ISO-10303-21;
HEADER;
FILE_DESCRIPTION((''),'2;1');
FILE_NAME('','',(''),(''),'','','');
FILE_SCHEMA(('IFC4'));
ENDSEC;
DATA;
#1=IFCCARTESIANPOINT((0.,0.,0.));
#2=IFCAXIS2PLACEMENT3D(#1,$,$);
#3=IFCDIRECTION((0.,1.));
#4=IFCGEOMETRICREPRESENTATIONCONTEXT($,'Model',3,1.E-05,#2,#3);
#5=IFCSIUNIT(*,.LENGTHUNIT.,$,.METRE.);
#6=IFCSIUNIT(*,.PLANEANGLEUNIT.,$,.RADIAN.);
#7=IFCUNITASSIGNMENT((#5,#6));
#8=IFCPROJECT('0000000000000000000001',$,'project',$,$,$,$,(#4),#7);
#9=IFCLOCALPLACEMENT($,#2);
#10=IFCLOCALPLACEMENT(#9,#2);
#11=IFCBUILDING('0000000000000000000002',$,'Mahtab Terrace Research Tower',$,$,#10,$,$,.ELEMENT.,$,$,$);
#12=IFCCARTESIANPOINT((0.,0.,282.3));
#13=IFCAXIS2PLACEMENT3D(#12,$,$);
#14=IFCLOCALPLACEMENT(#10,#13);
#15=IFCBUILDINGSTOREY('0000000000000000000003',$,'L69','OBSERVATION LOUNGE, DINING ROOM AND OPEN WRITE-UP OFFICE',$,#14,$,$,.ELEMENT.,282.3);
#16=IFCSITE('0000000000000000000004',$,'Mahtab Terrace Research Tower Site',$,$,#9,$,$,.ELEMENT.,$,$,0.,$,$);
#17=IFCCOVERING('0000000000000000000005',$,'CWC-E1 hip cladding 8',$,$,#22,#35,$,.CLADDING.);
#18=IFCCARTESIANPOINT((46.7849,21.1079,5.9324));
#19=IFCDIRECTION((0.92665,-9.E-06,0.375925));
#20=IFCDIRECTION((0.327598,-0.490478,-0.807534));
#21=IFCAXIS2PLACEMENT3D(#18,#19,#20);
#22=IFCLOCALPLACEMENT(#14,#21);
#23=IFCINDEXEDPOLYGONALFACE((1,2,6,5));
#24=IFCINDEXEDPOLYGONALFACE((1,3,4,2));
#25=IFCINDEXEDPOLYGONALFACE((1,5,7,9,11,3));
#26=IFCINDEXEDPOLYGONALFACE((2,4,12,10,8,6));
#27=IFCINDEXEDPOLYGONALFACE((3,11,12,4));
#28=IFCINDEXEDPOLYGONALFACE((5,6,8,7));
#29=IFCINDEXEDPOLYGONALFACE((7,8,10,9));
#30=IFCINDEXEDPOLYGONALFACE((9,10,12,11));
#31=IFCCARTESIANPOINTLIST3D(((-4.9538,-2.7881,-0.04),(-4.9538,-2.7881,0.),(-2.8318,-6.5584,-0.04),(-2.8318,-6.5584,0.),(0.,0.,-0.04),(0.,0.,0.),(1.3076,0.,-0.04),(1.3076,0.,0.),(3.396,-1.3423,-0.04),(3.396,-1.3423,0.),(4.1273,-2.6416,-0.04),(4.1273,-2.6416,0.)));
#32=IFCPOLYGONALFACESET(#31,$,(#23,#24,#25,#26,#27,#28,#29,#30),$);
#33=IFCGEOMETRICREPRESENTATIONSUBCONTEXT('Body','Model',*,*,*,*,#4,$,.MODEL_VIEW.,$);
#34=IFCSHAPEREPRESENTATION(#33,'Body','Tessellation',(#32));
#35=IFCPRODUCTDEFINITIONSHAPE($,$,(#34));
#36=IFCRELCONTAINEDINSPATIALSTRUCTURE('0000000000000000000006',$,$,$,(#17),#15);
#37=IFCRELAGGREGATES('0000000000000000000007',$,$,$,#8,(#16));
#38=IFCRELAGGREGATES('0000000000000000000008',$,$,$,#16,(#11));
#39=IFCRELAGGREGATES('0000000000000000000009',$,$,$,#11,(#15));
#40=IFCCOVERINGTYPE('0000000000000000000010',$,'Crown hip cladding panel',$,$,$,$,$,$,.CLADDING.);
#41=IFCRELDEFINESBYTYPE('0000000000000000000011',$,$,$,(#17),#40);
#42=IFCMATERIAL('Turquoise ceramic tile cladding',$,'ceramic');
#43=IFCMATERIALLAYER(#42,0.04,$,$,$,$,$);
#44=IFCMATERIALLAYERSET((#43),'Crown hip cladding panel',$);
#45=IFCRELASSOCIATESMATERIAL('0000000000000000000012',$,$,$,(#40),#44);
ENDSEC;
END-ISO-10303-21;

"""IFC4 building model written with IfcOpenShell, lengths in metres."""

from ifc_helpers import new_model, si_unit, direction, frame, origin, place, context, subcontext, project, spatial, polyline, outline, extrude, material, layer, layer_set, type_object, element, save


model = new_model("IFC4")

# Units and contexts
model_context = context("Model", 3, precision=1e-05, world=origin(), true_north=direction((0.0, 1.0)))
body_context = subcontext(model_context, "Body", "Model", "MODEL_VIEW")
ifc_project = project(units=[si_unit("LENGTHUNIT", "METRE"), si_unit("PLANEANGLEUNIT", "RADIAN")], contexts=[model_context])

# Site, building, storey
site_placement = place(None, origin())
site = spatial("IfcSite", under=ifc_project, at=site_placement, Name="Mahtab Terrace Research Tower Site", CompositionType="ELEMENT", RefElevation=0.0)
building_placement = place(site_placement, origin())
building = spatial("IfcBuilding", under=site, at=building_placement, Name="Mahtab Terrace Research Tower", CompositionType="ELEMENT")
storey_placement = place(building_placement, frame((0.0, 0.0, 282.3)))
storey = spatial("IfcBuildingStorey", under=building, at=storey_placement, Name="L69", Description="OBSERVATION LOUNGE, DINING ROOM AND OPEN WRITE-UP OFFICE", CompositionType="ELEMENT", Elevation=282.3)

# Covering
ifc_material_1 = material(Name="Turquoise ceramic tile cladding", Category="ceramic")
ifc_layer_1 = layer(ifc_material_1, 0.04)
ifc_layer_set_1 = layer_set([ifc_layer_1], Name="Crown hip cladding panel")
covering_type_1 = type_object("IfcCoveringType", Name="Crown hip cladding panel", PredefinedType="CLADDING", material=ifc_layer_set_1)
covering_1_placement = place(storey_placement, frame((46.7849, 21.1079, 5.9324), z_axis=(0.92665, -0.000009, 0.375925), x_axis=(0.327598, -0.490478, -0.807534)))
element("IfcCovering", 1, at=covering_1_placement, inside=storey, type_object=covering_type_1, Name="CWC-E1 hip cladding 8", PredefinedType="CLADDING", context=body_context, shape_type="SweptSolid", body=[
    extrude(outline(polyline([(0.0, 0.0), (1.3076, 0.0), (3.396, -1.3423), (4.1273, -2.6416), (-2.8318, -6.5584), (-4.9538, -2.7881), (0.0, 0.0)])), origin(), (0.0, 0.0, -1.0), 0.04),
])

save(model, "model.ifc")
